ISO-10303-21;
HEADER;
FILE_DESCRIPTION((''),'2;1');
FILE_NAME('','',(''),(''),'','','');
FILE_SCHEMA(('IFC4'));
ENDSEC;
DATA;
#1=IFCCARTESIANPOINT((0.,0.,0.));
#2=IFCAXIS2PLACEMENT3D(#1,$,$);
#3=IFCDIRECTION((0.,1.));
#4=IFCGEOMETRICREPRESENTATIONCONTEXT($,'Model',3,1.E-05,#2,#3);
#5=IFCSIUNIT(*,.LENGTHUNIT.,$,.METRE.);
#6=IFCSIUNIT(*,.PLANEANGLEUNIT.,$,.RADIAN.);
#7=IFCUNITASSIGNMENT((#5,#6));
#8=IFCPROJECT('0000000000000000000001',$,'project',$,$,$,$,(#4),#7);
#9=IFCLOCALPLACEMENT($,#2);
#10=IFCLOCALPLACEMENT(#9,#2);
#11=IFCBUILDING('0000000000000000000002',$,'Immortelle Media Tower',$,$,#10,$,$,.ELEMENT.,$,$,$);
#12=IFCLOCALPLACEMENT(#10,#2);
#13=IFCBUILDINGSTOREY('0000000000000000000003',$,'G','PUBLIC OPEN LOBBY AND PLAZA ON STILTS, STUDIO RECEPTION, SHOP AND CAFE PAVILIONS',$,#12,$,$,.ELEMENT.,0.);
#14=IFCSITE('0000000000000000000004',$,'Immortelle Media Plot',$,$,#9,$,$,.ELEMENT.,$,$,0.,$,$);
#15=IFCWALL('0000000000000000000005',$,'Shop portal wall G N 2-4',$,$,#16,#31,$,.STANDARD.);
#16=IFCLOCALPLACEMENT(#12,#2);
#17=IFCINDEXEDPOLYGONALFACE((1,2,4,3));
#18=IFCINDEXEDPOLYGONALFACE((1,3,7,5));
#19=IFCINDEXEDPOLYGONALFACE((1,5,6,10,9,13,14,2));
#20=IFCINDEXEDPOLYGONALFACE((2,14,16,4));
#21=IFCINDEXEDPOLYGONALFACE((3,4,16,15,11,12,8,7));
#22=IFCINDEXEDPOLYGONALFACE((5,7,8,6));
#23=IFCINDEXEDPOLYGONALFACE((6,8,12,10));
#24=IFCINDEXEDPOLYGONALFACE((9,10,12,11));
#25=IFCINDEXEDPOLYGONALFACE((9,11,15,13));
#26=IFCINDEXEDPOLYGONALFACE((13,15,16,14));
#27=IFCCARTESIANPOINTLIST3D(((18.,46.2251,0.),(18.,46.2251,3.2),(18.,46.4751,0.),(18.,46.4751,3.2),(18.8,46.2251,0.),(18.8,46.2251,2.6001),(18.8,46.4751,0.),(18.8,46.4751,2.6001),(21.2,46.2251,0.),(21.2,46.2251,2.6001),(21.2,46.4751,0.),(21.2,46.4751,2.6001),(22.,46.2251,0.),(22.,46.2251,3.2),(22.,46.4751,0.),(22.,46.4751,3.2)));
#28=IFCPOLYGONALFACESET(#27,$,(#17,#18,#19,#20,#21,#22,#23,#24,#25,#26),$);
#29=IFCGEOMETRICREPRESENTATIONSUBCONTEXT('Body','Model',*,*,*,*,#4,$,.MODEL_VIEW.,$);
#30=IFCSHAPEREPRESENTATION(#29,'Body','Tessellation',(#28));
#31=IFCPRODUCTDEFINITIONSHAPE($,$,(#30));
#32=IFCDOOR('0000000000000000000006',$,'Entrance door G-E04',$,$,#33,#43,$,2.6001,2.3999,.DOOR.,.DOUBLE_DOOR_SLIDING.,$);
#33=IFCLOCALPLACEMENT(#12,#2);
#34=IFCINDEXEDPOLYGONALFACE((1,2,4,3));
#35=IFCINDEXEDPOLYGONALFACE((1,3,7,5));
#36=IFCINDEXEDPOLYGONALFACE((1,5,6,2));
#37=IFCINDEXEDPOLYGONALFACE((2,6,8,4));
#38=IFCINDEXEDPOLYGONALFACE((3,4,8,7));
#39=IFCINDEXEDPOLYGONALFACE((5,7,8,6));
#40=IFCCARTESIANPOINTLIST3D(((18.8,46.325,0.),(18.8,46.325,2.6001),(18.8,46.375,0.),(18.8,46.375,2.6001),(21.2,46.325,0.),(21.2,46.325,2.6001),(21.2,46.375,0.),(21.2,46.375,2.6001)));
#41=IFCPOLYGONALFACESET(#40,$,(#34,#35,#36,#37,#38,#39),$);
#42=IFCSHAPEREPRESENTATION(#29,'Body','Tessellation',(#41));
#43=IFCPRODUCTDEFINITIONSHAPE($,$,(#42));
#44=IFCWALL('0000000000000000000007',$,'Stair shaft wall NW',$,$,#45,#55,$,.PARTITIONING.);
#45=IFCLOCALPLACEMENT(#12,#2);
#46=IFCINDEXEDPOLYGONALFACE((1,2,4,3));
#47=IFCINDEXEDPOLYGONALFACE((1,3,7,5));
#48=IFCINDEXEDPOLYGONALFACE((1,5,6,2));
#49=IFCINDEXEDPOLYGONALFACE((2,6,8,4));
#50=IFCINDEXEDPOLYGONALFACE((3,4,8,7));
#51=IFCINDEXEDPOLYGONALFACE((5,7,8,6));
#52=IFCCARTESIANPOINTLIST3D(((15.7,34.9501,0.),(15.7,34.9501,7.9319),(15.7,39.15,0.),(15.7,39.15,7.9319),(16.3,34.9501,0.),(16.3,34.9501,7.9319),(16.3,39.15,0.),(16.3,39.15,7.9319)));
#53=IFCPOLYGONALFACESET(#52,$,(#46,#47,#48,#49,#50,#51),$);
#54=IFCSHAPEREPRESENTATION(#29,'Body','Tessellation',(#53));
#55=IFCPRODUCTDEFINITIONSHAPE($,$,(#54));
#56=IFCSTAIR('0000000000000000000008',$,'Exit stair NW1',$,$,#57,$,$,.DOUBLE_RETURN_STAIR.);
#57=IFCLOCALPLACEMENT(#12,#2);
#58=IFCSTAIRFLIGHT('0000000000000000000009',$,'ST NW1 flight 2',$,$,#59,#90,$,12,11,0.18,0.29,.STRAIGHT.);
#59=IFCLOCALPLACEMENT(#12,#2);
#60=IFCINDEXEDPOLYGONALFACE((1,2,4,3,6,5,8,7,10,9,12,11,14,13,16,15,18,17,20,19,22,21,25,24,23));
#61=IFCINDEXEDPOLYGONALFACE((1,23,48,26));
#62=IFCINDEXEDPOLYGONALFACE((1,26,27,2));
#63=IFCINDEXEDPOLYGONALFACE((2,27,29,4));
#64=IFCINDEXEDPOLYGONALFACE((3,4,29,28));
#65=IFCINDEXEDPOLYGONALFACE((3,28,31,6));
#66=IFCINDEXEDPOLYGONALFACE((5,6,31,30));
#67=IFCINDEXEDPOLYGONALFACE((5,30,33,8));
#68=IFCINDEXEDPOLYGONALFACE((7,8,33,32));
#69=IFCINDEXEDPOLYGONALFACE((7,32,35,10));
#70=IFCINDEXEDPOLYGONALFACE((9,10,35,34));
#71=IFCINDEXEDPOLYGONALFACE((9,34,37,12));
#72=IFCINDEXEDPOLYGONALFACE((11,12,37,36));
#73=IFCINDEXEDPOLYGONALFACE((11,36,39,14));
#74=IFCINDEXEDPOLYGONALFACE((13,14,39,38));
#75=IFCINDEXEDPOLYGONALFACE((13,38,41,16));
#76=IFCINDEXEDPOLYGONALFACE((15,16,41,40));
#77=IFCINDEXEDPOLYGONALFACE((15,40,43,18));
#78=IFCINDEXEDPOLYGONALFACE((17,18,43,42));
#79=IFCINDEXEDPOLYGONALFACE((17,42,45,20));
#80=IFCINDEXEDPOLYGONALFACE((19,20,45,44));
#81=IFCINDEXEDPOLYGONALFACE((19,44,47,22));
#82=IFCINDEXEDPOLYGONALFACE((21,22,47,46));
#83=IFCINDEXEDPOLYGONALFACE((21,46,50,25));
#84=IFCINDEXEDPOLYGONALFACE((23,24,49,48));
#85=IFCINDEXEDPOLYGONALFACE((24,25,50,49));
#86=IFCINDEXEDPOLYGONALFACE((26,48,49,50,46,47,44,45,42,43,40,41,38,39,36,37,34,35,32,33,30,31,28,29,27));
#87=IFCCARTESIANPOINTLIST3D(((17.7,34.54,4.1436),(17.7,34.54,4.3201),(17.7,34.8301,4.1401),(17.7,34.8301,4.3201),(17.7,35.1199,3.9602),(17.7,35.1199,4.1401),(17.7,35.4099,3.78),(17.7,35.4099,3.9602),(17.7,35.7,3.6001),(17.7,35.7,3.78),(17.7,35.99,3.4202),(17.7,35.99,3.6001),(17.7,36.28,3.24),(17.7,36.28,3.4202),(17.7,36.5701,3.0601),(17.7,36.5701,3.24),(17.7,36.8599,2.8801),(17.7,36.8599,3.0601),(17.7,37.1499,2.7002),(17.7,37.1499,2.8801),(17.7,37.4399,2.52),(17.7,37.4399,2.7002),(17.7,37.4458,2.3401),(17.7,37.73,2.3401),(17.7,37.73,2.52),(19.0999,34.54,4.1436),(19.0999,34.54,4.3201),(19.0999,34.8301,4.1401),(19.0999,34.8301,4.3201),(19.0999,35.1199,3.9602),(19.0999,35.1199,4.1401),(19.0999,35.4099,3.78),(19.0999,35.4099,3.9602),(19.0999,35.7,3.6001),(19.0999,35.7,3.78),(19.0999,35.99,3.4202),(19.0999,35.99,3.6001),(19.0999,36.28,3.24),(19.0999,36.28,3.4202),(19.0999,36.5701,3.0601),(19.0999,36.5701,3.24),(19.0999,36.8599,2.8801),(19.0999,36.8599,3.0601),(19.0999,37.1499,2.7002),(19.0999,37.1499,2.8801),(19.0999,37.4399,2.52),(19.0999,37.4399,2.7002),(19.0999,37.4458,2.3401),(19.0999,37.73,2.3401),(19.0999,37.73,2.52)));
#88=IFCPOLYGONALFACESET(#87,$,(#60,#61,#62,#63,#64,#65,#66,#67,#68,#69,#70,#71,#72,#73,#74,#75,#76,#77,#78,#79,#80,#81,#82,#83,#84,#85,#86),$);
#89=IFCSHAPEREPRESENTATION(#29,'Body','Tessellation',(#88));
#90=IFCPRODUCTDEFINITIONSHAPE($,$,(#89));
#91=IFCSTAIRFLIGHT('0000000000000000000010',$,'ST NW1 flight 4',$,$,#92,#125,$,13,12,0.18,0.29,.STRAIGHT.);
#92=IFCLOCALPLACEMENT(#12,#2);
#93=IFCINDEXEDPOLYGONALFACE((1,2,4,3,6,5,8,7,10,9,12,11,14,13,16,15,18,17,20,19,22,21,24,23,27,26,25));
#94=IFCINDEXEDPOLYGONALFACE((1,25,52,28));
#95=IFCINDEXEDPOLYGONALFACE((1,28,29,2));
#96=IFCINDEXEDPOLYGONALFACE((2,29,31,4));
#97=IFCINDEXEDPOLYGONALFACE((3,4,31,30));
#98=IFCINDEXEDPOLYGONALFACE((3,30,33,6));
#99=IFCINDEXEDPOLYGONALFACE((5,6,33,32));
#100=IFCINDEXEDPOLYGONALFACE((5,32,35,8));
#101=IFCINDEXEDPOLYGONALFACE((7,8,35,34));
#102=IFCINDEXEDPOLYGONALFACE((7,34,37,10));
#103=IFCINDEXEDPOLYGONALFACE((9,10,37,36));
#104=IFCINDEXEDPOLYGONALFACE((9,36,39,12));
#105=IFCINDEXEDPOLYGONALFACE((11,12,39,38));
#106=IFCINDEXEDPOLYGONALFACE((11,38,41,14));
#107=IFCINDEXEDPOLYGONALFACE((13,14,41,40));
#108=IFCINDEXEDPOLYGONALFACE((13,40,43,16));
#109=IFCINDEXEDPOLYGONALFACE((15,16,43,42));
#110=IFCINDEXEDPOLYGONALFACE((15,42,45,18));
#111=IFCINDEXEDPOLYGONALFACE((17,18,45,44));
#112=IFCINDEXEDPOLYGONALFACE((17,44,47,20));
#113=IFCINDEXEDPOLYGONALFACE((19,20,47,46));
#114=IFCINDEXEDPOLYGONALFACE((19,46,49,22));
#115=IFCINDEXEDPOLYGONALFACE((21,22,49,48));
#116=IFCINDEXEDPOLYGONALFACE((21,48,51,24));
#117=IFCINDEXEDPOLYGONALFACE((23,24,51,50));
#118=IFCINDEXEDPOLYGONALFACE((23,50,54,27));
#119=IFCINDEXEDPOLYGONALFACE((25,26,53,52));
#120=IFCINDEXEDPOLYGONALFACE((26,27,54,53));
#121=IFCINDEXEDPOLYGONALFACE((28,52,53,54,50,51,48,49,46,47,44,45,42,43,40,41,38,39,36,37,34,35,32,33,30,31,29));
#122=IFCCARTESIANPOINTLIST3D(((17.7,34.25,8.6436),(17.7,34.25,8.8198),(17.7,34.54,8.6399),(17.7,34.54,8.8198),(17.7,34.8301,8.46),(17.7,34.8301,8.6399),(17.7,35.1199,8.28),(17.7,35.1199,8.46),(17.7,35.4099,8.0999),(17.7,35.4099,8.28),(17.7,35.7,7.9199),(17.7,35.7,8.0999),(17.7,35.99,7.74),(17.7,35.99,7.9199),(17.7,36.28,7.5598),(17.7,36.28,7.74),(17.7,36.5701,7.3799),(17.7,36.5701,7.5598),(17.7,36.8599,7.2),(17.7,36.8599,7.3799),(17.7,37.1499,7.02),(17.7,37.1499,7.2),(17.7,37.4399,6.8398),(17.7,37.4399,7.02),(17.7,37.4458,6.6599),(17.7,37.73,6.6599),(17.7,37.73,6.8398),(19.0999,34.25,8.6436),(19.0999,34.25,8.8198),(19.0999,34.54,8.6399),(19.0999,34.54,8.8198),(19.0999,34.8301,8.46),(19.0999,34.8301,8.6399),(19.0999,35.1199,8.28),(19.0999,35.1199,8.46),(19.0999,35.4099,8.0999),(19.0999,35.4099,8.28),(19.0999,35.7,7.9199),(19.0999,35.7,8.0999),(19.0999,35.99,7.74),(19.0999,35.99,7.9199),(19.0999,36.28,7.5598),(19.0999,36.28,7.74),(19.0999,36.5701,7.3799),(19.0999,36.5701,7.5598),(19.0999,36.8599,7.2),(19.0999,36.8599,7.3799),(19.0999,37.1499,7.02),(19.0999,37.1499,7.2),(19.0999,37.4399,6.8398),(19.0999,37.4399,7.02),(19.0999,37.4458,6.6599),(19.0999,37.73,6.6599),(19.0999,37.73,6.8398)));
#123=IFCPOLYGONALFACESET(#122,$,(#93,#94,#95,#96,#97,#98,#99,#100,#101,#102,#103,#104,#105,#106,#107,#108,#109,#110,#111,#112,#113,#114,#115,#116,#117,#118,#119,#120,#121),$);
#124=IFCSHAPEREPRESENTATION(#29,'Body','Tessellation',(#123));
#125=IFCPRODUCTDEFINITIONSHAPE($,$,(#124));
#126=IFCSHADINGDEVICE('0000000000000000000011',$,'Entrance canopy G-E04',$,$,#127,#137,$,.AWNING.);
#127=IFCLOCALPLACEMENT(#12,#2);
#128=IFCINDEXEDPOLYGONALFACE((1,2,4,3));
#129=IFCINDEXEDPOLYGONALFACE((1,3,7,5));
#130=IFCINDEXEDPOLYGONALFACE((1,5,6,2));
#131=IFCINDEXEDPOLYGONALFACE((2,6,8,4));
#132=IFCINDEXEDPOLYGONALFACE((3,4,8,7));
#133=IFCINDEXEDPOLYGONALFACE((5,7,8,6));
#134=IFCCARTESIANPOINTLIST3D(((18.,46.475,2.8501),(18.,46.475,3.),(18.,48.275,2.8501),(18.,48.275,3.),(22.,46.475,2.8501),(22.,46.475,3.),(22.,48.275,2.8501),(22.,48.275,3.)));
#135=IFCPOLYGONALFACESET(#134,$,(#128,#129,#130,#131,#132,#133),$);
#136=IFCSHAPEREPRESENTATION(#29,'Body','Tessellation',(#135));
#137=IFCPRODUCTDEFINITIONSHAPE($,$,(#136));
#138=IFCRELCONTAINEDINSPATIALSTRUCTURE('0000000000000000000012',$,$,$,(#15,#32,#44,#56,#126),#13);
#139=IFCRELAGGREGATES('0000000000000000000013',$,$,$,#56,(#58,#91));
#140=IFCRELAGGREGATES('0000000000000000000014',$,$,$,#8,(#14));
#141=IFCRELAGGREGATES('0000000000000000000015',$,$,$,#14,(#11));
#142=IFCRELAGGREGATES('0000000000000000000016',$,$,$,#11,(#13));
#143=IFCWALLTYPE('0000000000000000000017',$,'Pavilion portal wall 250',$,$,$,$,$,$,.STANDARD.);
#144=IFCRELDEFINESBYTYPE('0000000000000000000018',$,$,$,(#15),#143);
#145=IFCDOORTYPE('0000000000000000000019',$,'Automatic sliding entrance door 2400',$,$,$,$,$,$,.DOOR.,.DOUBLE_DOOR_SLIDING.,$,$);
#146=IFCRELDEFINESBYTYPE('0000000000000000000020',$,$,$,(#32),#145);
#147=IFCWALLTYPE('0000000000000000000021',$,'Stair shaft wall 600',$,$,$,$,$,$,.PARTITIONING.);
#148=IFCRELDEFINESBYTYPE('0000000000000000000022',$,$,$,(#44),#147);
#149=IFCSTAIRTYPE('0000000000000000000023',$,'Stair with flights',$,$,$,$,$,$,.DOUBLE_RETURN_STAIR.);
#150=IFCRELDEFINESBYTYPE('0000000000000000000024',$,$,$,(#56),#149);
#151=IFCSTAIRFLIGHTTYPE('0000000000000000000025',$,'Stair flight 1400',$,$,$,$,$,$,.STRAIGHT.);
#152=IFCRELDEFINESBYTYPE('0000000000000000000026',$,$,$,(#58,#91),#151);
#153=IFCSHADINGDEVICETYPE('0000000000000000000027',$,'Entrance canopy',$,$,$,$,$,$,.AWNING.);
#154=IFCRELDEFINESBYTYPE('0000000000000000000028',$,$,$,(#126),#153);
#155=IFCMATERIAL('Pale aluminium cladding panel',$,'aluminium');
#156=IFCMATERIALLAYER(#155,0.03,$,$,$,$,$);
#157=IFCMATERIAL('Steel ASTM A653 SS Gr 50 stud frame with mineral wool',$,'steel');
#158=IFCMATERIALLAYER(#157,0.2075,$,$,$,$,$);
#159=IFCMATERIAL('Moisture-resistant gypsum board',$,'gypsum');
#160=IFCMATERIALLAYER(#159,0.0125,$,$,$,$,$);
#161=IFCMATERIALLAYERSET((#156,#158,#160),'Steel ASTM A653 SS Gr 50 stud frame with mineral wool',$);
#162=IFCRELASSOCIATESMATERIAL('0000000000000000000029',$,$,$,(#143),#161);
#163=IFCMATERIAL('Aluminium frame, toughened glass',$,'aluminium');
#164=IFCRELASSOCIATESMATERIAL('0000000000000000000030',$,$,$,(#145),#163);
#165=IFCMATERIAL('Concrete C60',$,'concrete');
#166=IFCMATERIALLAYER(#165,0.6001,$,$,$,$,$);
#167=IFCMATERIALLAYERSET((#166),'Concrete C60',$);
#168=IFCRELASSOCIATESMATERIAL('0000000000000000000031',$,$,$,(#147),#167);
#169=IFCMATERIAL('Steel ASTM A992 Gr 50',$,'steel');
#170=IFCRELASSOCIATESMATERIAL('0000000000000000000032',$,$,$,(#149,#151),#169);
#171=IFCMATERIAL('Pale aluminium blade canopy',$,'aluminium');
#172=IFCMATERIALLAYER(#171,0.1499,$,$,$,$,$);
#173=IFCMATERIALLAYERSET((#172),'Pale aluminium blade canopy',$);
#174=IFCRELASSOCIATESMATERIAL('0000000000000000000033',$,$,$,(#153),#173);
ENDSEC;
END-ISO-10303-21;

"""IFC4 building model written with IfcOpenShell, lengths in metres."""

from ifc_helpers import new_model, si_unit, direction, frame, frame_2d, origin, origin_2d, place, context, subcontext, project, spatial, polyline, rectangle, outline, extrude, material, layer, layer_set, type_object, element, fill, aggregate, save


model = new_model("IFC4")

# Units and contexts
model_context = context("Model", 3, precision=1e-05, world=origin(), true_north=direction((0.0, 1.0)))
body_context = subcontext(model_context, "Body", "Model", "MODEL_VIEW")
ifc_project = project(units=[si_unit("LENGTHUNIT", "METRE"), si_unit("PLANEANGLEUNIT", "RADIAN")], contexts=[model_context])

# Site, building, storey
site_placement = place(None, origin())
site = spatial("IfcSite", under=ifc_project, at=site_placement, Name="Immortelle Media Plot", CompositionType="ELEMENT", RefElevation=0.0)
building_placement = place(site_placement, origin())
building = spatial("IfcBuilding", under=site, at=building_placement, Name="Immortelle Media Tower", CompositionType="ELEMENT")
storey_placement = place(building_placement, origin())
storey = spatial("IfcBuildingStorey", under=building, at=storey_placement, Name="G", Description="PUBLIC OPEN LOBBY AND PLAZA ON STILTS, STUDIO RECEPTION, SHOP AND CAFE PAVILIONS", CompositionType="ELEMENT", Elevation=0.0)

# Shared definitions
ifc_material_1 = material(Name="Steel ASTM A992 Gr 50", Category="steel")

# Wall, opening, door
ifc_material_2 = material(Name="Pale aluminium cladding panel", Category="aluminium")
ifc_layer_1 = layer(ifc_material_2, 0.03)
ifc_material_3 = material(Name="Steel ASTM A653 SS Gr 50 stud frame with mineral wool", Category="steel")
ifc_layer_2 = layer(ifc_material_3, 0.2075)
ifc_material_4 = material(Name="Moisture-resistant gypsum board", Category="gypsum")
ifc_layer_3 = layer(ifc_material_4, 0.0125)
ifc_layer_set_1 = layer_set([ifc_layer_1, ifc_layer_2, ifc_layer_3], Name="Steel ASTM A653 SS Gr 50 stud frame with mineral wool")
wall_type_1 = type_object("IfcWallType", Name="Pavilion portal wall 250", PredefinedType="STANDARD", material=ifc_layer_set_1)
wall_1_placement = place(storey_placement, frame((22.0, 46.3501, 0.0), z_axis=(0.0, 0.0, 1.0), x_axis=(-1.0, 0.0, 0.0)))
wall_1 = element("IfcWall", 1, at=wall_1_placement, inside=storey, type_object=wall_type_1, Name="Shop portal wall G N 2-4", PredefinedType="STANDARD", context=body_context, shape_type="SweptSolid", body=[
    extrude(rectangle(XDim=4.0, YDim=0.25, at=frame_2d((2.0, 0.0))), origin(), (0.0, 0.0, 1.0), 3.2),
])
opening_placement = place(wall_1_placement, frame((3.2, 0.0, 0.0), z_axis=(0.0, 0.0, 1.0), x_axis=(-1.0, 0.0, 0.0)))
opening = element("IfcOpeningElement", 2, at=opening_placement, cuts=wall_1, PredefinedType="OPENING", context=body_context, shape_type="SweptSolid", body=[
    extrude(rectangle(XDim=2.3999, YDim=2.6001, at=frame_2d((1.2, 1.3))), frame((0.0, 0.135, 0.0), z_axis=(0.0, -1.0, 0.0), x_axis=(1.0, 0.0, 0.0)), (0.0, 0.0, 1.0), 0.27),
])
ifc_material_5 = material(Name="Aluminium frame, toughened glass", Category="aluminium")
door_type = type_object("IfcDoorType", Name="Automatic sliding entrance door 2400", OperationType="DOUBLE_DOOR_SLIDING", PredefinedType="DOOR", material=ifc_material_5)
door_placement = place(opening_placement, origin())
door = element("IfcDoor", 3, at=door_placement, inside=storey, type_object=door_type, Name="Entrance door G-E04", OperationType="DOUBLE_DOOR_SLIDING", OverallHeight=2.6001, OverallWidth=2.3999, PredefinedType="DOOR", context=body_context, shape_type="SweptSolid", body=[
    extrude(rectangle(XDim=2.3999, YDim=2.6001, at=frame_2d((1.2, 1.3))), frame((0.0, 0.0249, 0.0), z_axis=(0.0, -1.0, 0.0), x_axis=(1.0, 0.0, 0.0)), (0.0, 0.0, 1.0), 0.05),
])
fill(opening, door)

# Wall
ifc_material_6 = material(Name="Concrete C60", Category="concrete")
ifc_layer_4 = layer(ifc_material_6, 0.6001)
ifc_layer_set_2 = layer_set([ifc_layer_4], Name="Concrete C60")
wall_type_2 = type_object("IfcWallType", Name="Stair shaft wall 600", PredefinedType="PARTITIONING", material=ifc_layer_set_2)
wall_2_placement = place(storey_placement, frame((16.0, 34.95, 0.0), z_axis=(0.0, 0.0, 1.0), x_axis=(0.0, 1.0, 0.0)))
element("IfcWall", 4, at=wall_2_placement, inside=storey, type_object=wall_type_2, Name="Stair shaft wall NW", PredefinedType="PARTITIONING", context=body_context, shape_type="SweptSolid", body=[
    extrude(rectangle(XDim=4.2, YDim=0.6001, at=frame_2d((2.1001, 0.0))), origin(), (0.0, 0.0, 1.0), 7.9319),
])

# Stair, stair flights
stair_type = type_object("IfcStairType", Name="Stair with flights", PredefinedType="DOUBLE_RETURN_STAIR", material=ifc_material_1)
stair_placement = place(storey_placement, origin())
stair = element("IfcStair", 5, at=stair_placement, inside=storey, type_object=stair_type, Name="Exit stair NW1", PredefinedType="DOUBLE_RETURN_STAIR")
stair_flight_type = type_object("IfcStairFlightType", Name="Stair flight 1400", PredefinedType="STRAIGHT", material=ifc_material_1)
stair_flight_1_placement = place(storey_placement, frame((18.3999, 37.73, 2.3401), z_axis=(0.0, 0.0, 1.0), x_axis=(0.0, -1.0, 0.0)))
stair_flight_1 = element("IfcStairFlight", 6, at=stair_flight_1_placement, type_object=stair_flight_type, Name="ST NW1 flight 2", NumberOfRisers=12, NumberOfTreads=11, PredefinedType="STRAIGHT", RiserHeight=0.18, TreadLength=0.29, context=body_context, shape_type="SweptSolid", body=[
    extrude(outline(polyline([(0.0, 0.0), (0.0, 0.1799), (0.29, 0.1799), (0.29, 0.3601), (0.5801, 0.3601), (0.5801, 0.54), (0.8701, 0.54), (0.8701, 0.72), (1.1599, 0.72), (1.1599, 0.8999), (1.45, 0.8999), (1.45, 1.0801), (1.74, 1.0801), (1.74, 1.26), (2.03, 1.26), (2.03, 1.4399), (2.3201, 1.4399), (2.3201, 1.6201), (2.6101, 1.6201), (2.6101, 1.8), (2.8999, 1.8), (2.8999, 1.98), (3.1899, 1.98), (3.1899, 2.1599), (3.1899, 1.8035), (0.2842, 0.0), (0.0, 0.0)])), frame((0.0, 0.7, 0.0), z_axis=(0.0, -1.0, 0.0), x_axis=(1.0, 0.0, 0.0)), (0.0, 0.0, 1.0), 1.3999),
])
stair_flight_2_placement = place(storey_placement, frame((18.3999, 37.73, 6.6599), z_axis=(0.0, 0.0, 1.0), x_axis=(0.0, -1.0, 0.0)))
stair_flight_2 = element("IfcStairFlight", 7, at=stair_flight_2_placement, type_object=stair_flight_type, Name="ST NW1 flight 4", NumberOfRisers=13, NumberOfTreads=12, PredefinedType="STRAIGHT", RiserHeight=0.18, TreadLength=0.29, context=body_context, shape_type="SweptSolid", body=[
    extrude(outline(polyline([(0.0, 0.0), (0.0, 0.1799), (0.29, 0.1799), (0.29, 0.3601), (0.5801, 0.3601), (0.5801, 0.54), (0.8701, 0.54), (0.8701, 0.72), (1.1599, 0.72), (1.1599, 0.8999), (1.45, 0.8999), (1.45, 1.0801), (1.74, 1.0801), (1.74, 1.26), (2.03, 1.26), (2.03, 1.4399), (2.3201, 1.4399), (2.3201, 1.6201), (2.6101, 1.6201), (2.6101, 1.8), (2.8999, 1.8), (2.8999, 1.98), (3.1899, 1.98), (3.1899, 2.1599), (3.48, 2.1599), (3.48, 2.3401), (3.48, 1.9836), (0.2842, 0.0), (0.0, 0.0)])), frame((0.0, 0.7, 0.0), z_axis=(0.0, -1.0, 0.0), x_axis=(1.0, 0.0, 0.0)), (0.0, 0.0, 1.0), 1.3999),
])
aggregate(stair, [stair_flight_1, stair_flight_2])

# Shading device
ifc_material_7 = material(Name="Pale aluminium blade canopy", Category="aluminium")
ifc_layer_5 = layer(ifc_material_7, 0.1499)
ifc_layer_set_3 = layer_set([ifc_layer_5], Name="Pale aluminium blade canopy")
shading_device_type = type_object("IfcShadingDeviceType", Name="Entrance canopy", PredefinedType="AWNING", material=ifc_layer_set_3)
shading_device_placement = place(storey_placement, frame((20.0, 47.375, 2.8501), z_axis=(0.0, 0.0, 1.0), x_axis=(1.0, 0.0, 0.0)))
element("IfcShadingDevice", 8, at=shading_device_placement, inside=storey, type_object=shading_device_type, Name="Entrance canopy G-E04", PredefinedType="AWNING", context=body_context, shape_type="SweptSolid", body=[
    extrude(rectangle(XDim=4.0, YDim=1.8, at=origin_2d()), origin(), (0.0, 0.0, 1.0), 0.1499),
])

save(model, "model.ifc")
